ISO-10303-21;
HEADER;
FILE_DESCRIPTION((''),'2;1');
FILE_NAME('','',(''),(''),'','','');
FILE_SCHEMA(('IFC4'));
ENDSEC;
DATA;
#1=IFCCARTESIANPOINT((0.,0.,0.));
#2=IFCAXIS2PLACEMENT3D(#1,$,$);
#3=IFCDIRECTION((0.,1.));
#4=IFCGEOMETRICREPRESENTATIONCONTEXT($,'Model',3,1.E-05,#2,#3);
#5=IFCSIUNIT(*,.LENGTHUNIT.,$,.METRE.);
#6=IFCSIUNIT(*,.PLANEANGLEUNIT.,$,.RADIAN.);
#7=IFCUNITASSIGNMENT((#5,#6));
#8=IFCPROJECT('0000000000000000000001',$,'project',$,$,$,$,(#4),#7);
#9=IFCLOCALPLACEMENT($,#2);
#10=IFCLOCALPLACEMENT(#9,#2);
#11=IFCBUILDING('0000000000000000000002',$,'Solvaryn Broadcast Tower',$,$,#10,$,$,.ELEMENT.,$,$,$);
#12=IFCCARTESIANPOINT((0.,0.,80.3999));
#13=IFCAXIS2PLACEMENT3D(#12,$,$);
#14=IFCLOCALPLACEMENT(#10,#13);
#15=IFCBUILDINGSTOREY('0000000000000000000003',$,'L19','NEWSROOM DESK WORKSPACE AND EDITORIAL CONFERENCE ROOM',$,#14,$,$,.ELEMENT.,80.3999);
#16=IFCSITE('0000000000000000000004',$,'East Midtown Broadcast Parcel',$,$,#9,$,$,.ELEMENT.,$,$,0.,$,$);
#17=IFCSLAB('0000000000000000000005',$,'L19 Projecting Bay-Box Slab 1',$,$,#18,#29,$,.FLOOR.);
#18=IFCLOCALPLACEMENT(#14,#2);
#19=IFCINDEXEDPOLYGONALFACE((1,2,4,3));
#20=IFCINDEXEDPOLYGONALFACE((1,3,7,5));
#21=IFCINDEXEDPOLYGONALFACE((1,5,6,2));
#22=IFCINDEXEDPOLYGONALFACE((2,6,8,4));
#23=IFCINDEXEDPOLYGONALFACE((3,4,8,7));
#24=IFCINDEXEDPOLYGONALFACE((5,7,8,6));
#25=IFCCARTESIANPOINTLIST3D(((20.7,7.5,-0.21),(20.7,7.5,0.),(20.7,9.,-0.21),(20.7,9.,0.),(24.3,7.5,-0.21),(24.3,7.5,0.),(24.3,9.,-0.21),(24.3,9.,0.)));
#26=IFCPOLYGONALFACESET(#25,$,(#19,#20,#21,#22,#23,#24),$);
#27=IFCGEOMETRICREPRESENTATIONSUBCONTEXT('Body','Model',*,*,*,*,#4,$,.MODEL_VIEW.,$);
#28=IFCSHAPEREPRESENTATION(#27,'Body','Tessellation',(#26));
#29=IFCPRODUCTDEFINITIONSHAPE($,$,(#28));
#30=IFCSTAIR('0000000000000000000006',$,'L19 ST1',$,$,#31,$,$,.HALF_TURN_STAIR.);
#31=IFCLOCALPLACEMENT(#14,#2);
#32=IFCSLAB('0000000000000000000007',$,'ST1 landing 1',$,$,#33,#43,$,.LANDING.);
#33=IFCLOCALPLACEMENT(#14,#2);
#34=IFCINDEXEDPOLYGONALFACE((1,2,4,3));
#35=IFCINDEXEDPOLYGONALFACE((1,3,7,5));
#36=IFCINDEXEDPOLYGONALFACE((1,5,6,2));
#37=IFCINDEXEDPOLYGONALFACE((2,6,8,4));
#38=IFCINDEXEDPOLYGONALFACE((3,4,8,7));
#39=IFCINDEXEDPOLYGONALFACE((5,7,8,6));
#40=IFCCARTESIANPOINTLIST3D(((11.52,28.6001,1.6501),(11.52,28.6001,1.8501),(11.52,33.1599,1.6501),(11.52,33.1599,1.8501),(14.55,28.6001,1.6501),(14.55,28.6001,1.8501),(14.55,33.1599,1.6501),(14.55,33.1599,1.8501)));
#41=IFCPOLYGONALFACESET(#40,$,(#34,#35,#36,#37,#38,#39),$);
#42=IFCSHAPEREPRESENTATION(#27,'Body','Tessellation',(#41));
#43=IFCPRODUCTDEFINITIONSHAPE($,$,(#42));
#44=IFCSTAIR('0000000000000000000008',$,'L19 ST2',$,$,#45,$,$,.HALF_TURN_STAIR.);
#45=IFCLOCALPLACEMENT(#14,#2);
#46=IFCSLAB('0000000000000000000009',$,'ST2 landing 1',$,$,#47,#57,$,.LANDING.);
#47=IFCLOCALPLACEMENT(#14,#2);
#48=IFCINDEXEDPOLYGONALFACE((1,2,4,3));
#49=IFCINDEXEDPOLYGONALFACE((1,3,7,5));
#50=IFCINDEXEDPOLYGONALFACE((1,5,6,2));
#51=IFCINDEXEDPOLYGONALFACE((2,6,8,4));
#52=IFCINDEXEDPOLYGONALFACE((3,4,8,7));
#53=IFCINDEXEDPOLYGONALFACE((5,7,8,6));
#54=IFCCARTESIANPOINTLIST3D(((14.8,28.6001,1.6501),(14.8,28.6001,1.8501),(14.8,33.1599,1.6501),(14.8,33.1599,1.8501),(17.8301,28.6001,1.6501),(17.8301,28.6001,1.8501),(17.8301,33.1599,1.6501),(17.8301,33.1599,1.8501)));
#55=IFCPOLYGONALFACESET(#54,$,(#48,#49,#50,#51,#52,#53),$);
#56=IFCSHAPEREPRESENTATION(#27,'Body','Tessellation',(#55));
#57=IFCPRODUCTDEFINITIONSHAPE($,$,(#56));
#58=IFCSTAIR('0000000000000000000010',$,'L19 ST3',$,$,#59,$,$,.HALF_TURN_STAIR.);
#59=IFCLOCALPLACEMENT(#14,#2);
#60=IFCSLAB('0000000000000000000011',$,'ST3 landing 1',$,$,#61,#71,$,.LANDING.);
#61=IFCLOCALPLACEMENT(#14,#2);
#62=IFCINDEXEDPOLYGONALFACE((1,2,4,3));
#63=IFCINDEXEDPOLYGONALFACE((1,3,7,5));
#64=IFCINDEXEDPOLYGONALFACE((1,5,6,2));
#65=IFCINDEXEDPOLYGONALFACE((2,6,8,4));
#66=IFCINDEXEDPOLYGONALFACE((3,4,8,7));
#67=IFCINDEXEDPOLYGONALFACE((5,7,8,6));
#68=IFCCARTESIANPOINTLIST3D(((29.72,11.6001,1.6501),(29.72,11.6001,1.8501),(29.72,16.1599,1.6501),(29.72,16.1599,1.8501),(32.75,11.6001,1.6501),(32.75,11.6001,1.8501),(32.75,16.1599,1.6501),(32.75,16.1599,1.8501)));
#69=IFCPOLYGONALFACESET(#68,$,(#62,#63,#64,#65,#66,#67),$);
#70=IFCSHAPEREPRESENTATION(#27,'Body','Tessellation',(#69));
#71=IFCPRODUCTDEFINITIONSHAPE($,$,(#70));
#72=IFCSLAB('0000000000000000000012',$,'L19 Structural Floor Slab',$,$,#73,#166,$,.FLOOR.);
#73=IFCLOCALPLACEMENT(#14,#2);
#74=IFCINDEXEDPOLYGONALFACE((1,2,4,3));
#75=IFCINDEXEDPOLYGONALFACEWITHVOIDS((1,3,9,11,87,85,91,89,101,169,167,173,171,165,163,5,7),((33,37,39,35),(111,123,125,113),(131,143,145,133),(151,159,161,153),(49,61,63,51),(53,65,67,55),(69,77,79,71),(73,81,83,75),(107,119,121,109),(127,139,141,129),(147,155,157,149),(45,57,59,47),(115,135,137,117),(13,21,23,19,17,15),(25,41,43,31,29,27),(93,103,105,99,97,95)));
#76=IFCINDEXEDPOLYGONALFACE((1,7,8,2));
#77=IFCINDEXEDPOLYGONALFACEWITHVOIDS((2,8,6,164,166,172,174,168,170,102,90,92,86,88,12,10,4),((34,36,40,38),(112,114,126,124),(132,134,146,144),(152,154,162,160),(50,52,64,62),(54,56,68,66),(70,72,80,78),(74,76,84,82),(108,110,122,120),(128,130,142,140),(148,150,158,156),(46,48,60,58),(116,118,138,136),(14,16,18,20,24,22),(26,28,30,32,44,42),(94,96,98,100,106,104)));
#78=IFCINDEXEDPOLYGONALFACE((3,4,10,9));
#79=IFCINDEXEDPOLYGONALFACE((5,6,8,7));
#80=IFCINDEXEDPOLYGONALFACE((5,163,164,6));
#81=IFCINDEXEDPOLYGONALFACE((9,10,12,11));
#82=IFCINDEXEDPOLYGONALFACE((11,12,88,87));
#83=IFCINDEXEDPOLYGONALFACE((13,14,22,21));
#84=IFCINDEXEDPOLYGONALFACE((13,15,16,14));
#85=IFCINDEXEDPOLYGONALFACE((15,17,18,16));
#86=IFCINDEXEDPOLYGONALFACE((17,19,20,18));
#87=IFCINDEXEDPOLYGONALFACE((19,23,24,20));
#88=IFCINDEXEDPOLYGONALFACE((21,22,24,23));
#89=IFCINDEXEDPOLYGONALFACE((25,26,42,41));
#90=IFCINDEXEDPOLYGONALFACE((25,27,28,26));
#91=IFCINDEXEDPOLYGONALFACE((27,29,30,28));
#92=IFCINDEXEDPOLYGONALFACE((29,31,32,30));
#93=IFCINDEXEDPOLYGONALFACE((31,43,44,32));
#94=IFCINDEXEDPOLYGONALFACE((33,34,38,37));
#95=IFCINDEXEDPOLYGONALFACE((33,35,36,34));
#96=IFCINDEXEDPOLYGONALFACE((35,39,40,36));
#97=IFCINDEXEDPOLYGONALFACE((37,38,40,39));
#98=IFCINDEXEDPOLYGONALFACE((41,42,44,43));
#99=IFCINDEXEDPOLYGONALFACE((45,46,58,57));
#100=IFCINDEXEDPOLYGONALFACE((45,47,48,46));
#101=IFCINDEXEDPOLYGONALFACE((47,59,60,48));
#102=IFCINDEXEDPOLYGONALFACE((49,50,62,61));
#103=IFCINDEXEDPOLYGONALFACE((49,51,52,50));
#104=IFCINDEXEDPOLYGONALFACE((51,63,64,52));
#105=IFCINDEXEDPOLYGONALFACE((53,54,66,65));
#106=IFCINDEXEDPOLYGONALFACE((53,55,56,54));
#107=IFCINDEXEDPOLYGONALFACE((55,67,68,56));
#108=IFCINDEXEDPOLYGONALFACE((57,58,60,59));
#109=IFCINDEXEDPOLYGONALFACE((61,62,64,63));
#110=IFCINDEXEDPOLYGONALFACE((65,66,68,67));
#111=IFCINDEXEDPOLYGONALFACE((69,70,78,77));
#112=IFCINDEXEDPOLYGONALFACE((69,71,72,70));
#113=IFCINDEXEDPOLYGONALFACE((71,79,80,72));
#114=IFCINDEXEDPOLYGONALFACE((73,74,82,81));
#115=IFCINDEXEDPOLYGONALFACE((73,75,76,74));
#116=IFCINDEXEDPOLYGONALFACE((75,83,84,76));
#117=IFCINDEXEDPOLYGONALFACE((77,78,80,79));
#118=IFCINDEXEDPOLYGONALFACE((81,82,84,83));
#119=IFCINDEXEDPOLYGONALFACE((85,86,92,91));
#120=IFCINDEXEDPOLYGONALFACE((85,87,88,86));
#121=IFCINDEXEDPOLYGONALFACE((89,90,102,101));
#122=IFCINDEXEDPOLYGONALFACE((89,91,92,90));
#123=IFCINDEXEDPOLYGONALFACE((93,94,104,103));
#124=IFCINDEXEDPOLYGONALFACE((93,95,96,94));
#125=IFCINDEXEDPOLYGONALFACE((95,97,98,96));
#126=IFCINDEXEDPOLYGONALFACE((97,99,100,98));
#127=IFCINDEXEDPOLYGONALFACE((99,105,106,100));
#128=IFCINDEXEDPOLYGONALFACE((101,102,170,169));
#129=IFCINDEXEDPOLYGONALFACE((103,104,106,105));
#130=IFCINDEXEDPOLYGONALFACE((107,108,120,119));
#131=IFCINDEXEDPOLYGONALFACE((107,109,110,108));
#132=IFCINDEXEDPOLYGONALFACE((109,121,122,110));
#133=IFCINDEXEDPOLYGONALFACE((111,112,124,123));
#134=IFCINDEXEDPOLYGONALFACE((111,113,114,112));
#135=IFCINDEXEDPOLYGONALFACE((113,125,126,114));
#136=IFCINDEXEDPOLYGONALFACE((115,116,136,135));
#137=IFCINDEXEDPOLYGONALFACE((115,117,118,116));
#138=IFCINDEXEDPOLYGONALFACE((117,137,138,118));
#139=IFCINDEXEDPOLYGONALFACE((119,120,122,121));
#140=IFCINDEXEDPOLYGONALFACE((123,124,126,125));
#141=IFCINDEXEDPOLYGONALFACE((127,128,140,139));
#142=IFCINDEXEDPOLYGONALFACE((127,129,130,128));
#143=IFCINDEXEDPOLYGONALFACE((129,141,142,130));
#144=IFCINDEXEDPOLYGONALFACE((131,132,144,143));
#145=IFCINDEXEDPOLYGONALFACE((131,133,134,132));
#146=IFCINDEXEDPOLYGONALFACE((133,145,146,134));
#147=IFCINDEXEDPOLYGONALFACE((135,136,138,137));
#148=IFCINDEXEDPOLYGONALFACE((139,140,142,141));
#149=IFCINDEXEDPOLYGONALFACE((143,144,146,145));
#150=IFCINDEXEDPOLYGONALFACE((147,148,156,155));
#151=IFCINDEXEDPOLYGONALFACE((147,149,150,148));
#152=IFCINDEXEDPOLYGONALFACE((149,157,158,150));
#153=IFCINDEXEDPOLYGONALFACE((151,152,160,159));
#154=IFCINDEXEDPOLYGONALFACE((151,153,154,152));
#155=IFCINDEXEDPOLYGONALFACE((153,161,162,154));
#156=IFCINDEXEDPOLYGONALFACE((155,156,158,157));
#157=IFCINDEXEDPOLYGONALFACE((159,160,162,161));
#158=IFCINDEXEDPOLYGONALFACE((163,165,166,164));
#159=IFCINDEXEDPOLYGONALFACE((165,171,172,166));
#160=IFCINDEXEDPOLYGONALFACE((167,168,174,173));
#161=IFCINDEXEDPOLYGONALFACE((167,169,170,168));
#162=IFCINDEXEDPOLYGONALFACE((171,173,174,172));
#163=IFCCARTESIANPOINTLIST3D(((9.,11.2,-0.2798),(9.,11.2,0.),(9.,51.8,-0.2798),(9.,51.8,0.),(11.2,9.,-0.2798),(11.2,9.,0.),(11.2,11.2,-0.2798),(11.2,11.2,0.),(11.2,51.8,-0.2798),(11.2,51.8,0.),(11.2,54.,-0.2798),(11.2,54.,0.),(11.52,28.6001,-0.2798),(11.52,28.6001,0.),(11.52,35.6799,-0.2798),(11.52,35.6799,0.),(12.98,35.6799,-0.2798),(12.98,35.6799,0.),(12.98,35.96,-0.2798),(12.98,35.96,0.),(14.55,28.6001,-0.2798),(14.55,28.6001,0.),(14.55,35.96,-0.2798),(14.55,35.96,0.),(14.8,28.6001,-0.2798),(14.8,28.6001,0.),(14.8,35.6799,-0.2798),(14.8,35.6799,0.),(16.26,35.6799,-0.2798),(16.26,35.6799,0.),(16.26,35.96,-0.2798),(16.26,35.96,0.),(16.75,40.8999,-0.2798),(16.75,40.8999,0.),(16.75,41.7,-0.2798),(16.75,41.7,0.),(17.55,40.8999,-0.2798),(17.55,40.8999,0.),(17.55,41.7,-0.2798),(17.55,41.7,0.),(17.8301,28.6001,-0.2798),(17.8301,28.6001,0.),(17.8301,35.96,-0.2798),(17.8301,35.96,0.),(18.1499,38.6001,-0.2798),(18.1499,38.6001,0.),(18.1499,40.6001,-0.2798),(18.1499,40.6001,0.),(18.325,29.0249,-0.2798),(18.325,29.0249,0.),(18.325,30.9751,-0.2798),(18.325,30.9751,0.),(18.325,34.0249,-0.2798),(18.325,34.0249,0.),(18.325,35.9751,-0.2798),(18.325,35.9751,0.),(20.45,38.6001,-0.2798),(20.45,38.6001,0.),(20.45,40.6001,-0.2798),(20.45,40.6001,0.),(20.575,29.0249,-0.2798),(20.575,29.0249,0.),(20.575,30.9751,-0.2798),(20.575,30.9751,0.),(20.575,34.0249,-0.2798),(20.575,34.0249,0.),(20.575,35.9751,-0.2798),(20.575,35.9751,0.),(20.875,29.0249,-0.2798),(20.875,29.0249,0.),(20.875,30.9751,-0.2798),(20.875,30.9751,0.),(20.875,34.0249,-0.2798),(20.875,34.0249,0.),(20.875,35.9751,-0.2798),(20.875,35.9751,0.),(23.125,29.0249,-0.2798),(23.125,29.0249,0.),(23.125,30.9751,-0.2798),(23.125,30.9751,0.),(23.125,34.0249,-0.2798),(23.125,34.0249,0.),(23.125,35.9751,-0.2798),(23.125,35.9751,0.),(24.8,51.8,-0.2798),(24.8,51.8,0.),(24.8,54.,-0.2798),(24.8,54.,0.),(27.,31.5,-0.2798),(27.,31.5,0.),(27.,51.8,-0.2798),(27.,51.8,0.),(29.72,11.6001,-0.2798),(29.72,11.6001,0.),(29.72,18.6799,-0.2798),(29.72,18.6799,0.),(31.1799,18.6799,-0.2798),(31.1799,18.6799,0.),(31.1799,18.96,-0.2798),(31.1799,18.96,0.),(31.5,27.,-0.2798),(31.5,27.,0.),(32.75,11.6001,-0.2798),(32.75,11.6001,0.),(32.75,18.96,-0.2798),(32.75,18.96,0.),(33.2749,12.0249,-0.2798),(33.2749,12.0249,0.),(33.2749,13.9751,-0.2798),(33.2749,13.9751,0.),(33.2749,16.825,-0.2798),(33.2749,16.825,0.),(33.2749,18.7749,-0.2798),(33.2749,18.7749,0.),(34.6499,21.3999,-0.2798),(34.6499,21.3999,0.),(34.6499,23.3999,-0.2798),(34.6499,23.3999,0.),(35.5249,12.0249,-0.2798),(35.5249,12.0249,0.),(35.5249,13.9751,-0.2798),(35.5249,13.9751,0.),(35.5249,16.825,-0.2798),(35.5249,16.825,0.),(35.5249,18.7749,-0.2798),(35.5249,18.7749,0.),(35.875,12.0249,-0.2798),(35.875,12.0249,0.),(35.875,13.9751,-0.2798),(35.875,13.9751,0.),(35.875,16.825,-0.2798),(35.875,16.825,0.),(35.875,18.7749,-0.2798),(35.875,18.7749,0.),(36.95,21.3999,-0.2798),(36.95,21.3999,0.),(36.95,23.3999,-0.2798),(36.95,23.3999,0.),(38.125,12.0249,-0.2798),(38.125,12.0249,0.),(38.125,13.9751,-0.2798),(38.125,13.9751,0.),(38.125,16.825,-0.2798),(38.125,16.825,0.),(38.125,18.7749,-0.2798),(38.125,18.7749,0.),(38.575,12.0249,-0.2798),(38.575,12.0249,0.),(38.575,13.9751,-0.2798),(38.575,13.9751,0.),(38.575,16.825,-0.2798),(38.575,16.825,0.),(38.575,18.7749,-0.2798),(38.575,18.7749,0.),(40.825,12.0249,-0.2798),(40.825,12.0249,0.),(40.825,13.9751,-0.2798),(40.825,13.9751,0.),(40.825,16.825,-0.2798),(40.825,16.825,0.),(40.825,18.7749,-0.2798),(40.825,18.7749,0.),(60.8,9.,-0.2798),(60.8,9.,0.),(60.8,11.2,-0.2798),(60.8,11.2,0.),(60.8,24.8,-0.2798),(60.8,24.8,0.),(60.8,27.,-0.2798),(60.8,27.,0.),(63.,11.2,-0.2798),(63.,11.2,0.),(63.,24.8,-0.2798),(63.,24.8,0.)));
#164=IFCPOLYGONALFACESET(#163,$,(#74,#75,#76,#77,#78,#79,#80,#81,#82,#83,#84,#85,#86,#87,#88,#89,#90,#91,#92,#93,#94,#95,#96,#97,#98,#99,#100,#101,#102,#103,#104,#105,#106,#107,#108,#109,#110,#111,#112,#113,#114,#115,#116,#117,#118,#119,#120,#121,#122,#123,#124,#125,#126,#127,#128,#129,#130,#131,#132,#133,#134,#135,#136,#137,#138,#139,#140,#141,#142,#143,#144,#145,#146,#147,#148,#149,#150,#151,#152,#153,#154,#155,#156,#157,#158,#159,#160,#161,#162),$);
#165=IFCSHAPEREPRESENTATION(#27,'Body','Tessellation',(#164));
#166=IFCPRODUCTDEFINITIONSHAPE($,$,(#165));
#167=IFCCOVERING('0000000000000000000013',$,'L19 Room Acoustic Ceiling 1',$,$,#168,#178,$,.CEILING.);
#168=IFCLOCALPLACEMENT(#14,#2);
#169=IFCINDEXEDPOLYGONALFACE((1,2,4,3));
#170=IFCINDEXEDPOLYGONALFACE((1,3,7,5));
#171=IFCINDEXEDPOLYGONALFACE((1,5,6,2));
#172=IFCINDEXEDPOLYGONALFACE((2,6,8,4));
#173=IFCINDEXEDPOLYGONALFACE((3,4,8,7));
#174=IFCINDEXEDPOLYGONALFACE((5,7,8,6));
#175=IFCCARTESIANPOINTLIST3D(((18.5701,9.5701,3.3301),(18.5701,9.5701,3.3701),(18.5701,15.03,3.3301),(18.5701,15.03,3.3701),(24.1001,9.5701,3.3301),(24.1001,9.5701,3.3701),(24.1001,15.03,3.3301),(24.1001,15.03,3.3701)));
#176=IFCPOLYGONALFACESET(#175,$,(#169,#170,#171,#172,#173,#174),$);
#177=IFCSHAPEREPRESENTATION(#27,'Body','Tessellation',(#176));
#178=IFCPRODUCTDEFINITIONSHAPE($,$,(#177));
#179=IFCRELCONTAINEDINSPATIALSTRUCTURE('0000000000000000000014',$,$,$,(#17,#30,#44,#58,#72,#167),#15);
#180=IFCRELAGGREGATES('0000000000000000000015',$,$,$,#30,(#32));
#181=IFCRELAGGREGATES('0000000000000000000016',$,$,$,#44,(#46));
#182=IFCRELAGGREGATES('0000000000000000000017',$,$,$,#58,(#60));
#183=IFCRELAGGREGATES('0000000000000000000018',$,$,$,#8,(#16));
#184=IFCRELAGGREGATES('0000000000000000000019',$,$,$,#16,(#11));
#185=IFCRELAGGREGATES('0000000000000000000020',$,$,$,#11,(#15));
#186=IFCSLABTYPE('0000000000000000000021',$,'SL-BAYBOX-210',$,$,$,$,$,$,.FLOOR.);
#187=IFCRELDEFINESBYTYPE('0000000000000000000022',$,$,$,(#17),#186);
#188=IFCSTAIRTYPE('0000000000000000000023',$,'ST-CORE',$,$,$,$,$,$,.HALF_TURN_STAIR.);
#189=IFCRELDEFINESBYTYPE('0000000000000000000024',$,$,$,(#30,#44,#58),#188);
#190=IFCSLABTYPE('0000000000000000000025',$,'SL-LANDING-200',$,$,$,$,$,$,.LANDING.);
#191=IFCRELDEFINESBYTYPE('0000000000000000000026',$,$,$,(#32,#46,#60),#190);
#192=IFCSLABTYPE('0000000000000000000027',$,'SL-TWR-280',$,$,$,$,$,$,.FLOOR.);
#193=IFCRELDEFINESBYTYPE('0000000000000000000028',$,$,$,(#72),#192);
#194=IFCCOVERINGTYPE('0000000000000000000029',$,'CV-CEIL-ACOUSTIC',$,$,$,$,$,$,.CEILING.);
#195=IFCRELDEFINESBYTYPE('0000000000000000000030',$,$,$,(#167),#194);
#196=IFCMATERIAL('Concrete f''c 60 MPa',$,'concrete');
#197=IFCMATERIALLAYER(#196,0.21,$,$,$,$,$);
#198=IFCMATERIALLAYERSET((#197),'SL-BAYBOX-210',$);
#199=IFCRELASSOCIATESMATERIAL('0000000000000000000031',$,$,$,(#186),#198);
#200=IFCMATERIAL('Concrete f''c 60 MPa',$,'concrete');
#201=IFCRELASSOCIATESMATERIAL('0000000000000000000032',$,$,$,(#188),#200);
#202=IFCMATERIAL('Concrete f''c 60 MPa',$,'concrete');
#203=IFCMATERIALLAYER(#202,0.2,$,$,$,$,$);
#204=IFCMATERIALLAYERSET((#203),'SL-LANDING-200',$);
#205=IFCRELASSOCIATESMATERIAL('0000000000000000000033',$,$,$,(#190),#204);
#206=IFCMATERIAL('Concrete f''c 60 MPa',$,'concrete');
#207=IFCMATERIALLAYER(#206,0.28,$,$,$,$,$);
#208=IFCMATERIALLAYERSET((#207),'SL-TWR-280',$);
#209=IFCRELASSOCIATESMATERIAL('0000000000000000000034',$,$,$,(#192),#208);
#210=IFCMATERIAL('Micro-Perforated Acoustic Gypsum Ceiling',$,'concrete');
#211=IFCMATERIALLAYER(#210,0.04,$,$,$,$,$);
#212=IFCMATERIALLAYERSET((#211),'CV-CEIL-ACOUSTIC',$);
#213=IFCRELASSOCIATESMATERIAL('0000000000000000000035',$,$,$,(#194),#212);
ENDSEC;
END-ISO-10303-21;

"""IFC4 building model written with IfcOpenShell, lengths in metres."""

from ifc_helpers import new_model, si_unit, direction, frame, origin, place, context, subcontext, project, spatial, polyline, outline, extrude, material, layer, layer_set, type_object, element, aggregate, save


model = new_model("IFC4")

# Units and contexts
model_context = context("Model", 3, precision=1e-05, world=origin(), true_north=direction((0.0, 1.0)))
body_context = subcontext(model_context, "Body", "Model", "MODEL_VIEW")
ifc_project = project(units=[si_unit("LENGTHUNIT", "METRE"), si_unit("PLANEANGLEUNIT", "RADIAN")], contexts=[model_context])

# Site, building, storey
site_placement = place(None, origin())
site = spatial("IfcSite", under=ifc_project, at=site_placement, Name="East Midtown Broadcast Parcel", CompositionType="ELEMENT", RefElevation=0.0)
building_placement = place(site_placement, origin())
building = spatial("IfcBuilding", under=site, at=building_placement, Name="Solvaryn Broadcast Tower", CompositionType="ELEMENT")
storey_placement = place(building_placement, frame((0.0, 0.0, 80.3999)))
storey = spatial("IfcBuildingStorey", under=building, at=storey_placement, Name="L19", Description="NEWSROOM DESK WORKSPACE AND EDITORIAL CONFERENCE ROOM", CompositionType="ELEMENT", Elevation=80.3999)

# Slab
ifc_material_1 = material(Name="Concrete f'c 60 MPa", Category="concrete")
ifc_layer_1 = layer(ifc_material_1, 0.21)
ifc_layer_set_1 = layer_set([ifc_layer_1], Name="SL-BAYBOX-210")
slab_type_1 = type_object("IfcSlabType", Name="SL-BAYBOX-210", PredefinedType="FLOOR", material=ifc_layer_set_1)
slab_1_placement = place(storey_placement, frame((0.0, 0.0, -0.21)))
element("IfcSlab", 1, at=slab_1_placement, inside=storey, type_object=slab_type_1, Name="L19 Projecting Bay-Box Slab 1", PredefinedType="FLOOR", context=body_context, shape_type="SweptSolid", body=[
    extrude(outline(polyline([(20.7, 7.5), (24.3, 7.5), (24.3, 9.0), (20.7, 9.0), (20.7, 7.5)])), origin(), (0.0, 0.0, 1.0), 0.21),
])

# Stairs, slabs
ifc_material_2 = material(Name="Concrete f'c 60 MPa", Category="concrete")
stair_type = type_object("IfcStairType", Name="ST-CORE", PredefinedType="HALF_TURN_STAIR", material=ifc_material_2)
stair_1_placement = place(storey_placement, origin())
stair_1 = element("IfcStair", 2, at=stair_1_placement, inside=storey, type_object=stair_type, Name="L19 ST1", PredefinedType="HALF_TURN_STAIR")
ifc_material_3 = material(Name="Concrete f'c 60 MPa", Category="concrete")
ifc_layer_2 = layer(ifc_material_3, 0.2)
ifc_layer_set_2 = layer_set([ifc_layer_2], Name="SL-LANDING-200")
slab_type_2 = type_object("IfcSlabType", Name="SL-LANDING-200", PredefinedType="LANDING", material=ifc_layer_set_2)
slab_2_placement = place(storey_placement, frame((0.0, 0.0, 1.6501)))
slab_2 = element("IfcSlab", 3, at=slab_2_placement, type_object=slab_type_2, Name="ST1 landing 1", PredefinedType="LANDING", context=body_context, shape_type="SweptSolid", body=[
    extrude(outline(polyline([(11.52, 33.1599), (11.52, 28.6001), (14.55, 28.6001), (14.55, 33.1599), (11.52, 33.1599)])), origin(), (0.0, 0.0, 1.0), 0.2),
])
aggregate(stair_1, [slab_2])
stair_2_placement = place(storey_placement, origin())
stair_2 = element("IfcStair", 4, at=stair_2_placement, inside=storey, type_object=stair_type, Name="L19 ST2", PredefinedType="HALF_TURN_STAIR")
slab_3_placement = place(storey_placement, frame((0.0, 0.0, 1.6501)))
slab_3 = element("IfcSlab", 5, at=slab_3_placement, type_object=slab_type_2, Name="ST2 landing 1", PredefinedType="LANDING", context=body_context, shape_type="SweptSolid", body=[
    extrude(outline(polyline([(14.8, 33.1599), (14.8, 28.6001), (17.8301, 28.6001), (17.8301, 33.1599), (14.8, 33.1599)])), origin(), (0.0, 0.0, 1.0), 0.2),
])
aggregate(stair_2, [slab_3])
stair_3_placement = place(storey_placement, origin())
stair_3 = element("IfcStair", 6, at=stair_3_placement, inside=storey, type_object=stair_type, Name="L19 ST3", PredefinedType="HALF_TURN_STAIR")
slab_4_placement = place(storey_placement, frame((0.0, 0.0, 1.6501)))
slab_4 = element("IfcSlab", 7, at=slab_4_placement, type_object=slab_type_2, Name="ST3 landing 1", PredefinedType="LANDING", context=body_context, shape_type="SweptSolid", body=[
    extrude(outline(polyline([(29.72, 16.1599), (29.72, 11.6001), (32.75, 11.6001), (32.75, 16.1599), (29.72, 16.1599)])), origin(), (0.0, 0.0, 1.0), 0.2),
])
aggregate(stair_3, [slab_4])

# Slab
ifc_material_4 = material(Name="Concrete f'c 60 MPa", Category="concrete")
ifc_layer_3 = layer(ifc_material_4, 0.28)
ifc_layer_set_3 = layer_set([ifc_layer_3], Name="SL-TWR-280")
slab_type_3 = type_object("IfcSlabType", Name="SL-TWR-280", PredefinedType="FLOOR", material=ifc_layer_set_3)
slab_5_placement = place(storey_placement, frame((0.0, 0.0, -0.2798)))
element("IfcSlab", 8, at=slab_5_placement, inside=storey, type_object=slab_type_3, Name="L19 Structural Floor Slab", PredefinedType="FLOOR", context=body_context, shape_type="SweptSolid", body=[
    extrude(outline(polyline([(11.2, 9.0), (60.8, 9.0), (60.8, 11.2), (63.0, 11.2), (63.0, 24.8), (60.8, 24.8), (60.8, 27.0), (31.5, 27.0), (27.0, 31.5), (27.0, 51.8), (24.8, 51.8), (24.8, 54.0), (11.2, 54.0), (11.2, 51.8), (9.0, 51.8), (9.0, 11.2), (11.2, 11.2), (11.2, 9.0)]), holes=[polyline([(11.52, 28.6001), (14.55, 28.6001), (14.55, 35.96), (12.98, 35.96), (12.98, 35.6799), (11.52, 35.6799), (11.52, 28.6001)]), polyline([(14.8, 28.6001), (17.8301, 28.6001), (17.8301, 35.96), (16.26, 35.96), (16.26, 35.6799), (14.8, 35.6799), (14.8, 28.6001)]), polyline([(29.72, 11.6001), (32.75, 11.6001), (32.75, 18.96), (31.1799, 18.96), (31.1799, 18.6799), (29.72, 18.6799), (29.72, 11.6001)]), polyline([(18.1499, 38.6001), (20.45, 38.6001), (20.45, 40.6001), (18.1499, 40.6001), (18.1499, 38.6001)]), polyline([(18.325, 29.0249), (20.575, 29.0249), (20.575, 30.9751), (18.325, 30.9751), (18.325, 29.0249)]), polyline([(20.875, 29.0249), (23.125, 29.0249), (23.125, 30.9751), (20.875, 30.9751), (20.875, 29.0249)]), polyline([(18.325, 34.0249), (20.575, 34.0249), (20.575, 35.9751), (18.325, 35.9751), (18.325, 34.0249)]), polyline([(20.875, 34.0249), (23.125, 34.0249), (23.125, 35.9751), (20.875, 35.9751), (20.875, 34.0249)]), polyline([(34.6499, 21.3999), (36.95, 21.3999), (36.95, 23.3999), (34.6499, 23.3999), (34.6499, 21.3999)]), polyline([(33.2749, 12.0249), (35.5249, 12.0249), (35.5249, 13.9751), (33.2749, 13.9751), (33.2749, 12.0249)]), polyline([(35.875, 12.0249), (38.125, 12.0249), (38.125, 13.9751), (35.875, 13.9751), (35.875, 12.0249)]), polyline([(33.2749, 16.825), (35.5249, 16.825), (35.5249, 18.7749), (33.2749, 18.7749), (33.2749, 16.825)]), polyline([(35.875, 16.825), (38.125, 16.825), (38.125, 18.7749), (35.875, 18.7749), (35.875, 16.825)]), polyline([(38.575, 12.0249), (40.825, 12.0249), (40.825, 13.9751), (38.575, 13.9751), (38.575, 12.0249)]), polyline([(38.575, 16.825), (40.825, 16.825), (40.825, 18.7749), (38.575, 18.7749), (38.575, 16.825)]), polyline([(16.75, 40.8999), (17.55, 40.8999), (17.55, 41.7), (16.75, 41.7), (16.75, 40.8999)])]), origin(), (0.0, 0.0, 1.0), 0.2798),
])

# Covering
ifc_material_5 = material(Name="Micro-Perforated Acoustic Gypsum Ceiling", Category="concrete")
ifc_layer_4 = layer(ifc_material_5, 0.04)
ifc_layer_set_4 = layer_set([ifc_layer_4], Name="CV-CEIL-ACOUSTIC")
covering_type_1 = type_object("IfcCoveringType", Name="CV-CEIL-ACOUSTIC", PredefinedType="CEILING", material=ifc_layer_set_4)
covering_1_placement = place(storey_placement, frame((0.0, 0.0, 3.3301)))
element("IfcCovering", 9, at=covering_1_placement, inside=storey, type_object=covering_type_1, Name="L19 Room Acoustic Ceiling 1", PredefinedType="CEILING", context=body_context, shape_type="SweptSolid", body=[
    extrude(outline(polyline([(18.5701, 9.5701), (24.1001, 9.5701), (24.1001, 15.03), (18.5701, 15.03), (18.5701, 9.5701)])), origin(), (0.0, 0.0, 1.0), 0.04),
])

save(model, "model.ifc")
